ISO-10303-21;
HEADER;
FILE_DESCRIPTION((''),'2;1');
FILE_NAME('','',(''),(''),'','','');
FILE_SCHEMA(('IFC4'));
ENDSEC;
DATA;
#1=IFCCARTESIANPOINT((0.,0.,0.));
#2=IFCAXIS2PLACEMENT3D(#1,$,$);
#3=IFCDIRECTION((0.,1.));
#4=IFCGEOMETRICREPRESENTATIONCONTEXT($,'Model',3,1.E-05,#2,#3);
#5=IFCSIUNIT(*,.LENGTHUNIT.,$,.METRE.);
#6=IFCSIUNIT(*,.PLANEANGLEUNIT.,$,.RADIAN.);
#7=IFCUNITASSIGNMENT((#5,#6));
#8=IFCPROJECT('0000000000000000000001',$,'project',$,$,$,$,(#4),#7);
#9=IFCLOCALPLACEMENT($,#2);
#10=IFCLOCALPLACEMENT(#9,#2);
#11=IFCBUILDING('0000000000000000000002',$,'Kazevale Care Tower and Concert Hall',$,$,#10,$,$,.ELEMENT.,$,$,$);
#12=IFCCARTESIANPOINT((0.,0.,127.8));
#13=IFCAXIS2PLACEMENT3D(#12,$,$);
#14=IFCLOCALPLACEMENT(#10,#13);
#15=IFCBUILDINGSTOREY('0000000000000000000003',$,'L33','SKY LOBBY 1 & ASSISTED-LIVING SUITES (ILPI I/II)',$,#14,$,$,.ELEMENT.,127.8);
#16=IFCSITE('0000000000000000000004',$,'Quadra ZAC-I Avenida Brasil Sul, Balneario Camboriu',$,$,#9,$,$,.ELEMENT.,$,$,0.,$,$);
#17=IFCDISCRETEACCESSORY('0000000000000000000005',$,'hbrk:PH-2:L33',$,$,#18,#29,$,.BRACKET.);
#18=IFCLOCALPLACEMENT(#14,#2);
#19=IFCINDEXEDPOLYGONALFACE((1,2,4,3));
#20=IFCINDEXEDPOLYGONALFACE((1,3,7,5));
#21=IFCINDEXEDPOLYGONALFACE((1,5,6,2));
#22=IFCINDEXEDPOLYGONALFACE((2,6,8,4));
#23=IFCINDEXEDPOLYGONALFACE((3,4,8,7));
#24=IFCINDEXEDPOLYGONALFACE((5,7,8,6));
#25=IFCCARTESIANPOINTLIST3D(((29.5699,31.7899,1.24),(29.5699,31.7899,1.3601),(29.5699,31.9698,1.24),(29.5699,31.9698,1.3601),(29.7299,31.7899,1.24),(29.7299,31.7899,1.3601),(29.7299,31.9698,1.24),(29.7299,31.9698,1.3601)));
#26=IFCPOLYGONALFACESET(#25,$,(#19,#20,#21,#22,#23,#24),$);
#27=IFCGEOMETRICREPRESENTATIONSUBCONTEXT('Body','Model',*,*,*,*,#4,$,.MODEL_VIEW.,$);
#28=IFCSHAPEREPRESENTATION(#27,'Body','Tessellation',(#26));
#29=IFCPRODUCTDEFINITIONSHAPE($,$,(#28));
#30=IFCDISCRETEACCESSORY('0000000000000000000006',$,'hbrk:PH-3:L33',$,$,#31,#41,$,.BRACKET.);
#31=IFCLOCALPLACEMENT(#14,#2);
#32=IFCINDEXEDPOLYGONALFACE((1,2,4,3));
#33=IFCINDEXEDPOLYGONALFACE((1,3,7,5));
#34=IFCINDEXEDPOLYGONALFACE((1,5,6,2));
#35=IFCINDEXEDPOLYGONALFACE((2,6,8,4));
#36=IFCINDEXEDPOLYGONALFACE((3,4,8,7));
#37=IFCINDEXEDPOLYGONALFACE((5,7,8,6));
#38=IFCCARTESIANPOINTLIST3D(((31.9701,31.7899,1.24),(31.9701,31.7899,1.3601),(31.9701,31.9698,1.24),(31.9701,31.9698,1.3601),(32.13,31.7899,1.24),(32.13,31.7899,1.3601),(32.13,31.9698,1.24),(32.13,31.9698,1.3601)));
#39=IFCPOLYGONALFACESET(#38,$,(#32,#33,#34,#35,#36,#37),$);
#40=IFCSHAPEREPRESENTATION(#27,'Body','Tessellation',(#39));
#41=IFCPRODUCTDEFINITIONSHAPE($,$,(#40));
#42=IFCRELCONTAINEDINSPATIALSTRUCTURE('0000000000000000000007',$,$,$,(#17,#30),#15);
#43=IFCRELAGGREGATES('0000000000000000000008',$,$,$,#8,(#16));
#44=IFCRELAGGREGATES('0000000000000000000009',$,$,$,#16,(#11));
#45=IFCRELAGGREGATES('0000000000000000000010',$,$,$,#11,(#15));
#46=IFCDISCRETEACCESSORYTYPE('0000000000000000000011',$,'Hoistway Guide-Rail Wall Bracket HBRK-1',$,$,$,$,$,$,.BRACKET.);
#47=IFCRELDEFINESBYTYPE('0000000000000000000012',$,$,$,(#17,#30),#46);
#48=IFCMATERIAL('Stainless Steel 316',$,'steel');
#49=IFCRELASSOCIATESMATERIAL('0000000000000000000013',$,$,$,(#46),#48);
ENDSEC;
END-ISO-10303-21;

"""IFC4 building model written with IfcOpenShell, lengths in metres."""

from ifc_helpers import new_model, si_unit, direction, frame, origin, origin_2d, place, context, subcontext, project, spatial, rectangle, extrude, material, type_object, element, save


model = new_model("IFC4")

# Units and contexts
model_context = context("Model", 3, precision=1e-05, world=origin(), true_north=direction((0.0, 1.0)))
body_context = subcontext(model_context, "Body", "Model", "MODEL_VIEW")
ifc_project = project(units=[si_unit("LENGTHUNIT", "METRE"), si_unit("PLANEANGLEUNIT", "RADIAN")], contexts=[model_context])

# Site, building, storey
site_placement = place(None, origin())
site = spatial("IfcSite", under=ifc_project, at=site_placement, Name="Quadra ZAC-I Avenida Brasil Sul, Balneario Camboriu", CompositionType="ELEMENT", RefElevation=0.0)
building_placement = place(site_placement, origin())
building = spatial("IfcBuilding", under=site, at=building_placement, Name="Kazevale Care Tower and Concert Hall", CompositionType="ELEMENT")
storey_placement = place(building_placement, frame((0.0, 0.0, 127.8)))
storey = spatial("IfcBuildingStorey", under=building, at=storey_placement, Name="L33", Description="SKY LOBBY 1 & ASSISTED-LIVING SUITES (ILPI I/II)", CompositionType="ELEMENT", Elevation=127.8)

# Shared definitions
ifc_material_1 = material(Name="Stainless Steel 316", Category="steel")

# Discrete accessories
discrete_accessory_type = type_object("IfcDiscreteAccessoryType", Name="Hoistway Guide-Rail Wall Bracket HBRK-1", PredefinedType="BRACKET", material=ifc_material_1)
for number, where, z_axis, x_axis, name in (
    (1, (29.6499, 31.8799, 1.24), (0.0, 0.0, 1.0), (1.0, 0.0, 0.0), "hbrk:PH-2:L33"),
    (2, (32.05, 31.8799, 1.24), (0.0, 0.0, 1.0), (1.0, 0.0, 0.0), "hbrk:PH-3:L33"),
):
    element("IfcDiscreteAccessory", number, at=place(storey_placement, frame(where, z_axis=z_axis, x_axis=x_axis)), inside=storey, type_object=discrete_accessory_type, Name=name, PredefinedType="BRACKET", context=body_context, shape_type="SweptSolid", body=[
        extrude(rectangle(XDim=0.1599, YDim=0.1799, at=origin_2d()), origin(), (0.0, 0.0, 1.0), 0.1201),
    ])

save(model, "model.ifc")
